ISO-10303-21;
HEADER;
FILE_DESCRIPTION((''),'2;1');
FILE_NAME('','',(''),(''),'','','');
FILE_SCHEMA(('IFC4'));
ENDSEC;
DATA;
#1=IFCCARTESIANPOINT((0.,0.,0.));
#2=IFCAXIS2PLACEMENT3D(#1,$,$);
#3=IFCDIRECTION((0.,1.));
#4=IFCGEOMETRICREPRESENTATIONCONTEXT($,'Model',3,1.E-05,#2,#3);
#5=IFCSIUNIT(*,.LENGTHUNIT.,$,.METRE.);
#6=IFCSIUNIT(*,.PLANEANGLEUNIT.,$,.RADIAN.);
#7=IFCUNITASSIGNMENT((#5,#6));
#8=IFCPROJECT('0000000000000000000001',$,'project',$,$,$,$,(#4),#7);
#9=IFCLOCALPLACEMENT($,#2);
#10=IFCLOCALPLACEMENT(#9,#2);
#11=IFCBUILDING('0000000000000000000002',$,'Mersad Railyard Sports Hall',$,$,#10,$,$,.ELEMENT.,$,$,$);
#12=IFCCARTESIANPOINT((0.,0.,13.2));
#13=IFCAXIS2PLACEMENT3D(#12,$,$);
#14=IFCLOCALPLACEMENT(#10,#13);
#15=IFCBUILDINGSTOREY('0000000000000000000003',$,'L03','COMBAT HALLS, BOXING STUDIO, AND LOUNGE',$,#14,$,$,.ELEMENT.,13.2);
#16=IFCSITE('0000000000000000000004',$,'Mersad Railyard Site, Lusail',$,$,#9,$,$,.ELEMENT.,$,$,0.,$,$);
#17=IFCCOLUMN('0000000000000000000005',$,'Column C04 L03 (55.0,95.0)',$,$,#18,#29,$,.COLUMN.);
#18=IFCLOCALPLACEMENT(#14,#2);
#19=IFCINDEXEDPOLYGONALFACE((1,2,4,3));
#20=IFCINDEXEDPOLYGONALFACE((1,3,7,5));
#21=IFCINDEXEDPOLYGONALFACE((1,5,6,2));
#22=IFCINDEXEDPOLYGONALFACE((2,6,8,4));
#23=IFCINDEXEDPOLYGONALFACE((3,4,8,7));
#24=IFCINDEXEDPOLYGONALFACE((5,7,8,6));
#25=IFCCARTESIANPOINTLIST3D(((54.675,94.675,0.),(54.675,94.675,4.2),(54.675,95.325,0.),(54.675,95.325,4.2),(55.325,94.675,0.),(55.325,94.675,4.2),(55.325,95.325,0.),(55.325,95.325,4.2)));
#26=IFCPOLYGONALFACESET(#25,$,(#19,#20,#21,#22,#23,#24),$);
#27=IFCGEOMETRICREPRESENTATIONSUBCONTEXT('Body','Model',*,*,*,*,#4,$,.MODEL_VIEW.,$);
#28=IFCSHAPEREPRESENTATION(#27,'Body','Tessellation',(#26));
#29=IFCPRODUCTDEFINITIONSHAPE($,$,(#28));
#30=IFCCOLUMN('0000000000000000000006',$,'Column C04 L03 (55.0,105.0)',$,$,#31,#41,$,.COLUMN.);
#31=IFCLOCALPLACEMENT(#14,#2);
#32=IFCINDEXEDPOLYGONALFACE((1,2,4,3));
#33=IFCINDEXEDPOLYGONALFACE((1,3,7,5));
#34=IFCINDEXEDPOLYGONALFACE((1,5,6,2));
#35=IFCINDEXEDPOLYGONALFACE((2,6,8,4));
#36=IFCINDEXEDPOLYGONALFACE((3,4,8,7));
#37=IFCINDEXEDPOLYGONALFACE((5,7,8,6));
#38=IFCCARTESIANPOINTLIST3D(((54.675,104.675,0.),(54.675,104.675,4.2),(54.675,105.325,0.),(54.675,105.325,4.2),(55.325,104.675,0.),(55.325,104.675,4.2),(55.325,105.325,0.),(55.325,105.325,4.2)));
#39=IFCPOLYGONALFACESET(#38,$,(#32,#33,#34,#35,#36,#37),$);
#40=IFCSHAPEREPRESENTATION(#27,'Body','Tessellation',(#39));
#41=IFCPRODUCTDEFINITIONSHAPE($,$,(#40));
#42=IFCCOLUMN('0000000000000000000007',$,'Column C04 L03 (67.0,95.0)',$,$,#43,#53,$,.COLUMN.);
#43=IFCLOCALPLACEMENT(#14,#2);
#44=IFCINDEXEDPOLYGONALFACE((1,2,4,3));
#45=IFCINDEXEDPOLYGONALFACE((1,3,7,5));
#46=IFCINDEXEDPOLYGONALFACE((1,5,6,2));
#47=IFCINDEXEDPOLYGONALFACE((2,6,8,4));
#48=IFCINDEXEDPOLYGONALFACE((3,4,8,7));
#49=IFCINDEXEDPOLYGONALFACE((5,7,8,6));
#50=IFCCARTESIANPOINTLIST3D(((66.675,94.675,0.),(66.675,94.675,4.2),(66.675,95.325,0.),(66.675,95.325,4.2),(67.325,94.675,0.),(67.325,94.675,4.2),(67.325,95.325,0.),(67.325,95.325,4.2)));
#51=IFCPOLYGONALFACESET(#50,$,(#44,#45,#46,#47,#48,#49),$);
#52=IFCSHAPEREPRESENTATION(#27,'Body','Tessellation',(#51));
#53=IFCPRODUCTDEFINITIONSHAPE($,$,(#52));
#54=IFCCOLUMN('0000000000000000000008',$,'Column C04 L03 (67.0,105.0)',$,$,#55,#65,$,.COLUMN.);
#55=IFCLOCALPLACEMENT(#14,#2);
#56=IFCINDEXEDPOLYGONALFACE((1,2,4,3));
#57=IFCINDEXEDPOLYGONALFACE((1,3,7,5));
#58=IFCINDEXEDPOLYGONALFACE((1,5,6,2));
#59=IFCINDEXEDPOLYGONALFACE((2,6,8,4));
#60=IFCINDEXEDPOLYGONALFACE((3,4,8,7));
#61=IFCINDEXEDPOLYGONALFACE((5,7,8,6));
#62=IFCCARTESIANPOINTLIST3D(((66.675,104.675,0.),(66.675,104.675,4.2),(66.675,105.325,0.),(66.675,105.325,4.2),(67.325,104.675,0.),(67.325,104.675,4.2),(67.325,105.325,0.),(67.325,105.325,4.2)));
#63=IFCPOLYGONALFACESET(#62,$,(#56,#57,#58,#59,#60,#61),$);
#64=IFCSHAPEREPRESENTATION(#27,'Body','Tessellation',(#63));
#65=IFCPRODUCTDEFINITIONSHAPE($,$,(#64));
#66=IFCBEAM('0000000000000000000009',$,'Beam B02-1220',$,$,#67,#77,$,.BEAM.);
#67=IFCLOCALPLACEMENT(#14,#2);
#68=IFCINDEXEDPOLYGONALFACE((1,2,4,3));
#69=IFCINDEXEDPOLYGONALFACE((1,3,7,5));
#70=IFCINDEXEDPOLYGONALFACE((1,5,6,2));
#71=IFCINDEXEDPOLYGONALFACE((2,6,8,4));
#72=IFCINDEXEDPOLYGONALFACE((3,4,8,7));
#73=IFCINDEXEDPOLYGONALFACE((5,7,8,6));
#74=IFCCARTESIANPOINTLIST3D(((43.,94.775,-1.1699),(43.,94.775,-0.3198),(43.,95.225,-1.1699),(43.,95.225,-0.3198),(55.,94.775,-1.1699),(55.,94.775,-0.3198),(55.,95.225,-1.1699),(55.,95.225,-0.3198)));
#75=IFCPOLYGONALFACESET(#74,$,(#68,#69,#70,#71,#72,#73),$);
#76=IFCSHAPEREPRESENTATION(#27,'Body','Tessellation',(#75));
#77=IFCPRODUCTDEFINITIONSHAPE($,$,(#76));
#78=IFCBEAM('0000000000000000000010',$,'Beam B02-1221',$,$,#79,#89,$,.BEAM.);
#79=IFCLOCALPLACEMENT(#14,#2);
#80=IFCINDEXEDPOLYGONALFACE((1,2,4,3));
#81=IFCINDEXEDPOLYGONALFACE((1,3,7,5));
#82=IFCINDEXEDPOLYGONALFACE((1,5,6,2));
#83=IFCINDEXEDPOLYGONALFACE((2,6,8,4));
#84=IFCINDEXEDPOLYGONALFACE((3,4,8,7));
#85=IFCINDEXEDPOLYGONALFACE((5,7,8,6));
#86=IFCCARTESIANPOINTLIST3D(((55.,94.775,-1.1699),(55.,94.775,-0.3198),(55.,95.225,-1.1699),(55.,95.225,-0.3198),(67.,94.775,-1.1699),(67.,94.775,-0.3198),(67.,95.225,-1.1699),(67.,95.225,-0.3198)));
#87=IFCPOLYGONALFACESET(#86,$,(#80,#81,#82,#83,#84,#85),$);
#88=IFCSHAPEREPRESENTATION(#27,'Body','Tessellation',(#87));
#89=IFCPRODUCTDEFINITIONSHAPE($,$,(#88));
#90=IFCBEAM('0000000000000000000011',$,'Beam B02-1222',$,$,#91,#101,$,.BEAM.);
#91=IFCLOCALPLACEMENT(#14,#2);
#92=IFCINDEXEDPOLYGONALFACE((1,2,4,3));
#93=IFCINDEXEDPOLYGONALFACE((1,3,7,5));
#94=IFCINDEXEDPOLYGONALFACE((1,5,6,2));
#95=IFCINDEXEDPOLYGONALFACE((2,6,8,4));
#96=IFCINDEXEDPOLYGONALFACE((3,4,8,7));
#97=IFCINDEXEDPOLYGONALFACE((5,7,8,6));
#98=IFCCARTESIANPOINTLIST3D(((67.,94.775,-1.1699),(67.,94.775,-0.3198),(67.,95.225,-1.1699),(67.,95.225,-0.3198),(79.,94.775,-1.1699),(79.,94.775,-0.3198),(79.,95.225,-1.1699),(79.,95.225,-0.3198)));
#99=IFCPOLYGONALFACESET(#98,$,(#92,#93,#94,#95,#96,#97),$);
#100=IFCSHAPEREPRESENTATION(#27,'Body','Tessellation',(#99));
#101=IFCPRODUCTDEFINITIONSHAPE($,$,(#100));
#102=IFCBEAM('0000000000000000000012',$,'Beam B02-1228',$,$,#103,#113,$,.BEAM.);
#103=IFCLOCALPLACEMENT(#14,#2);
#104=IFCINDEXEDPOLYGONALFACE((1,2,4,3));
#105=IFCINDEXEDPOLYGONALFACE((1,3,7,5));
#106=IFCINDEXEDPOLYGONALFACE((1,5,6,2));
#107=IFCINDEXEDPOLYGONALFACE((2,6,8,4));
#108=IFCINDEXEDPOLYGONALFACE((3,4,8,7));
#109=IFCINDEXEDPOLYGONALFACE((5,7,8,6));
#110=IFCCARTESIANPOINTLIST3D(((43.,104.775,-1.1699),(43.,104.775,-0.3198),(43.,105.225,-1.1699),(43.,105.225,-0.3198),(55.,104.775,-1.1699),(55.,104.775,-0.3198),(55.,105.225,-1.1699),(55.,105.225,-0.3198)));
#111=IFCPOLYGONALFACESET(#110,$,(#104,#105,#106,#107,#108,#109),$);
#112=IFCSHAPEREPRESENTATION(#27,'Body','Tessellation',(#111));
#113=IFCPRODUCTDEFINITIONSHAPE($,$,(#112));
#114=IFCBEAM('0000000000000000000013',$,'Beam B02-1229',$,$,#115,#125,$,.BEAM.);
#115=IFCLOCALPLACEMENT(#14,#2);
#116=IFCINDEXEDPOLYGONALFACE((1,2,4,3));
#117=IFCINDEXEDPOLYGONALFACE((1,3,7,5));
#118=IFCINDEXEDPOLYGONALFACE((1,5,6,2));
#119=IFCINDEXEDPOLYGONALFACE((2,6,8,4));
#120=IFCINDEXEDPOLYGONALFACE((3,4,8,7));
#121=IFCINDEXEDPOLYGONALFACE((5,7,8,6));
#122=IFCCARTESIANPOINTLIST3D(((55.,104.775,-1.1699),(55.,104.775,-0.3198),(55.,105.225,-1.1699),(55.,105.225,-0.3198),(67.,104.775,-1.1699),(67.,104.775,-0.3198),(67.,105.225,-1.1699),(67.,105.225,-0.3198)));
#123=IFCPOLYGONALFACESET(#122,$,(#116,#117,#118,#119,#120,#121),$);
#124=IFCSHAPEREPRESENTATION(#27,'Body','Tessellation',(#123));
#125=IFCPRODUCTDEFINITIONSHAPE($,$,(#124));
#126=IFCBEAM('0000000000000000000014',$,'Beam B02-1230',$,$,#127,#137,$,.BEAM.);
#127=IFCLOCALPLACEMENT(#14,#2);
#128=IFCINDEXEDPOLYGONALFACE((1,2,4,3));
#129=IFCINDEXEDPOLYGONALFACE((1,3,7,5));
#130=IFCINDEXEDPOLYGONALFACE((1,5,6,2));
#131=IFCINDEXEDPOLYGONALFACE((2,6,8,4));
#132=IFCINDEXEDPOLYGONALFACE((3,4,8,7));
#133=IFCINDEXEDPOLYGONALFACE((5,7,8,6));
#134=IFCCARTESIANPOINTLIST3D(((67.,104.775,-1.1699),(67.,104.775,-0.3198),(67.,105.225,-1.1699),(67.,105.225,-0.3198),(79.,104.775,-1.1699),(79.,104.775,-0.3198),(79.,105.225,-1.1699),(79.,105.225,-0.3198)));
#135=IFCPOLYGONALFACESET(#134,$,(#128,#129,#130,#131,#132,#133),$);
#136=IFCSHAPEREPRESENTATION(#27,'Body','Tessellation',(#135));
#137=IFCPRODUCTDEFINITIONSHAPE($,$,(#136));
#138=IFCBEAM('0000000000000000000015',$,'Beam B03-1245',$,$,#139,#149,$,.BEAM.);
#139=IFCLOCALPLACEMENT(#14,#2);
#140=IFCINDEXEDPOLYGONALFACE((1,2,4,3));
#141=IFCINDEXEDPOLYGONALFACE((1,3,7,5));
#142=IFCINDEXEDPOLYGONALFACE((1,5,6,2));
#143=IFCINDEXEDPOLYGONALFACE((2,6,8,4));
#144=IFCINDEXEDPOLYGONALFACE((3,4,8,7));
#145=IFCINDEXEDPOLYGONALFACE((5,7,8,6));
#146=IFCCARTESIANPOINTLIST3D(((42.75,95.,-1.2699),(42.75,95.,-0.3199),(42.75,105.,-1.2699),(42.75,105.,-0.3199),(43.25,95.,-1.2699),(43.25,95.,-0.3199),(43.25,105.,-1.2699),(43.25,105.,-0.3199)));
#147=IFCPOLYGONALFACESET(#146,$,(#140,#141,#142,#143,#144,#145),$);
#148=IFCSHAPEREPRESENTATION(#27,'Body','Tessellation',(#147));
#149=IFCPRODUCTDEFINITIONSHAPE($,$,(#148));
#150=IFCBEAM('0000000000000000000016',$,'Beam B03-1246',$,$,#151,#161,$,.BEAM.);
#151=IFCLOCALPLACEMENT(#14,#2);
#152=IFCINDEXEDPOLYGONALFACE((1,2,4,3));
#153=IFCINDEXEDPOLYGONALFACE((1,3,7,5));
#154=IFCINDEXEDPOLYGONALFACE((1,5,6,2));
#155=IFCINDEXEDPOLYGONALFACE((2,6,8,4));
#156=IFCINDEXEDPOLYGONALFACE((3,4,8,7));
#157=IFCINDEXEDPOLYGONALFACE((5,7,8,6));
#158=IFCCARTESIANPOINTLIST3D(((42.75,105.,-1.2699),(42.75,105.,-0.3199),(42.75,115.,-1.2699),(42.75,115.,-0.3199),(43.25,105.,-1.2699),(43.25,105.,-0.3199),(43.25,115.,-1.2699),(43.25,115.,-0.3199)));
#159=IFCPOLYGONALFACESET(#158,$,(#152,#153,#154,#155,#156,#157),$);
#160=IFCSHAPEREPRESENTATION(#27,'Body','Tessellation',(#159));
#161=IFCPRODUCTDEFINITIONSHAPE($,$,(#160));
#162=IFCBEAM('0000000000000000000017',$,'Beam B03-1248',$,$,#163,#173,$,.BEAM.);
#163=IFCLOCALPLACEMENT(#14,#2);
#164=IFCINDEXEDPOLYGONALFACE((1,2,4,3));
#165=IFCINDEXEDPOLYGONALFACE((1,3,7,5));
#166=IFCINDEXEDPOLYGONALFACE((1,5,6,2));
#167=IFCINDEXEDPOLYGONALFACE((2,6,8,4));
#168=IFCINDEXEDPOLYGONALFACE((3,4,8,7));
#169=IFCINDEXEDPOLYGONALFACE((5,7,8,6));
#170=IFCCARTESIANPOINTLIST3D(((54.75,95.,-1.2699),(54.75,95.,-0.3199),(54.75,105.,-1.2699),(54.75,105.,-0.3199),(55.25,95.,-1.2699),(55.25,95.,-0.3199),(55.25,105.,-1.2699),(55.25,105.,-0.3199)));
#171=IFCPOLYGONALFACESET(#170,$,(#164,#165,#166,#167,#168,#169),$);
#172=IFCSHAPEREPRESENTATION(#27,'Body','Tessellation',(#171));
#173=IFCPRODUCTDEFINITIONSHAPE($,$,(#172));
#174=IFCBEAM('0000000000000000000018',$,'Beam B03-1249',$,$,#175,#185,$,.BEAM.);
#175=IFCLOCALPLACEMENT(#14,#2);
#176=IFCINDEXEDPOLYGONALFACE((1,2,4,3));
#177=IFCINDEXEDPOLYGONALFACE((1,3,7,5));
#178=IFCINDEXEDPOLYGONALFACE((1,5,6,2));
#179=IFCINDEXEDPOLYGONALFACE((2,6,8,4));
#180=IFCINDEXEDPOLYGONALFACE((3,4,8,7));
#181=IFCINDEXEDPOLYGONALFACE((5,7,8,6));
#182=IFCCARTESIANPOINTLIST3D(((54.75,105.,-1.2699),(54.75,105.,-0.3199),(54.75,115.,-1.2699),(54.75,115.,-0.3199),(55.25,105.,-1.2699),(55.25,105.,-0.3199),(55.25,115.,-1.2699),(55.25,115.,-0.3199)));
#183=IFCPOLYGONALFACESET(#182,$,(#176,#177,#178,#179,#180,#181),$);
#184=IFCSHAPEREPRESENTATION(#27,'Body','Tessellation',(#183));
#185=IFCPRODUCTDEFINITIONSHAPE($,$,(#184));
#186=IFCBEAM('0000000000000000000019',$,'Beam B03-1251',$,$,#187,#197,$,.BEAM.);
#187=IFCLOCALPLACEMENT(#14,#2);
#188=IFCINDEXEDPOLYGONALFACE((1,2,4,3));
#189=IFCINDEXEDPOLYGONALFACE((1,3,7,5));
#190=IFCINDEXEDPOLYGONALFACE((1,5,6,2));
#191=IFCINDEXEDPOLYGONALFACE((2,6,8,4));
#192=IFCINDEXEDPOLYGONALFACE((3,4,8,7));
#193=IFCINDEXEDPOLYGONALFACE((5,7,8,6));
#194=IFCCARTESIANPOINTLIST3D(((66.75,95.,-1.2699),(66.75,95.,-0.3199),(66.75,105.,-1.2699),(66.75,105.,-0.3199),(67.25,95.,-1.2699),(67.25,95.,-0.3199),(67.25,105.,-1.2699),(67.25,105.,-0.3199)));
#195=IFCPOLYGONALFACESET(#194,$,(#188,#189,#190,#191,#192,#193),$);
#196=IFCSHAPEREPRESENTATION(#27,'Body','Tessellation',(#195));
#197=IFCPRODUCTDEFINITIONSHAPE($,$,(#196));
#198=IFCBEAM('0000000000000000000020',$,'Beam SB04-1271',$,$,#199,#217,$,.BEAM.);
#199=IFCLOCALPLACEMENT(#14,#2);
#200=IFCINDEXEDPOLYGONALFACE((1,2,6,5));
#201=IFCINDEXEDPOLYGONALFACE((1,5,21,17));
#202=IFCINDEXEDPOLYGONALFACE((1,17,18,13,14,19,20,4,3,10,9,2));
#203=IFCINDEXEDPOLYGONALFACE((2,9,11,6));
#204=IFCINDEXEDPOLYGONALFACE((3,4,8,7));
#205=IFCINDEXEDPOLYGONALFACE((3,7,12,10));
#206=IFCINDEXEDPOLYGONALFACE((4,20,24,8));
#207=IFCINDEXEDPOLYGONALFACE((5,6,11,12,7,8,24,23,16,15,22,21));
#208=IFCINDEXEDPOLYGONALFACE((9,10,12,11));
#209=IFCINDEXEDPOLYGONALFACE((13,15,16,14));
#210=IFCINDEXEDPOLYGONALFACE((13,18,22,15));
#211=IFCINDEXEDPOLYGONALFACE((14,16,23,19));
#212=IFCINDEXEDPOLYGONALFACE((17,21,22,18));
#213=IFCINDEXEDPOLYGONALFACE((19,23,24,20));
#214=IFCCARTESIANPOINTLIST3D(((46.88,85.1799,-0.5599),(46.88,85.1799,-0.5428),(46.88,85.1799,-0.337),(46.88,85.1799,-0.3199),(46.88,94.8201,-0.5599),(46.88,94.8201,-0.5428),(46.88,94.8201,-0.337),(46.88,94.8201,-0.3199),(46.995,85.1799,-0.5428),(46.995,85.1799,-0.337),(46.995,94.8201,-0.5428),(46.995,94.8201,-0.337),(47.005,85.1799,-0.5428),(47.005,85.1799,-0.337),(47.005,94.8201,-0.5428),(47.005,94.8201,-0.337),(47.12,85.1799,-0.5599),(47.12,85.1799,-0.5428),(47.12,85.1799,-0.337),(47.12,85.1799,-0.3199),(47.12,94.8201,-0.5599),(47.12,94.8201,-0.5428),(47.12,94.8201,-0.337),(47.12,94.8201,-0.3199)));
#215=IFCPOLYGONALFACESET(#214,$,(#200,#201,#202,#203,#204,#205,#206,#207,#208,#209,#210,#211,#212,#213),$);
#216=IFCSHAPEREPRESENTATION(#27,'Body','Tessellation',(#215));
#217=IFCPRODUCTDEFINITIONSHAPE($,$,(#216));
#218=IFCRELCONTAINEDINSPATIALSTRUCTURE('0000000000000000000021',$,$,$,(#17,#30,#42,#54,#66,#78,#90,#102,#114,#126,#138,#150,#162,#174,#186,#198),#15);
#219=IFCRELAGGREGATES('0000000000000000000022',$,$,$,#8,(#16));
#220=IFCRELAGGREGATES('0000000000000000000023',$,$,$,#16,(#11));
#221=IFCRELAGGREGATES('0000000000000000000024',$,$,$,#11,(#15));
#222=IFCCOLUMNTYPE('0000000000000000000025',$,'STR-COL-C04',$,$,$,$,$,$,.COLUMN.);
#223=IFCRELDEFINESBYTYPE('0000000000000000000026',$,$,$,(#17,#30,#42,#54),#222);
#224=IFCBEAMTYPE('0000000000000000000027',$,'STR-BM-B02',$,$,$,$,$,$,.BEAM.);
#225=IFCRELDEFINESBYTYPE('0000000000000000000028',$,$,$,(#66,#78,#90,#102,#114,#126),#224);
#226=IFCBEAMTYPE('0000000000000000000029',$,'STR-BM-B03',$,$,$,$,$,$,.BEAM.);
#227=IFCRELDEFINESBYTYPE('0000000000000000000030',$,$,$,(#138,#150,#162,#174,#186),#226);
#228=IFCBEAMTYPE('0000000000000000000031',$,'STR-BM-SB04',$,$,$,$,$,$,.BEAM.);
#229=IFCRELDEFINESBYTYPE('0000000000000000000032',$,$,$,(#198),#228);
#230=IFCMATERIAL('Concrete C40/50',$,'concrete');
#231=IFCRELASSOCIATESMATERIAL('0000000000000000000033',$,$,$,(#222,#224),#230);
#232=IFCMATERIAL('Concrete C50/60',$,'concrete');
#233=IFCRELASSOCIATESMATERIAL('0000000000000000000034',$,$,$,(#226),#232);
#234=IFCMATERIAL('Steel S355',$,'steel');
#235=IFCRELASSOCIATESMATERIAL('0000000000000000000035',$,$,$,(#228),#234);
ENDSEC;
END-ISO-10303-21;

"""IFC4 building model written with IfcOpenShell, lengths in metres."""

from ifc_helpers import new_model, si_unit, direction, frame, origin, origin_2d, place, context, subcontext, project, spatial, rectangle, i_section, extrude, material, material_profile, profile_set, type_object, element, save


model = new_model("IFC4")

# Units and contexts
model_context = context("Model", 3, precision=1e-05, world=origin(), true_north=direction((0.0, 1.0)))
body_context = subcontext(model_context, "Body", "Model", "MODEL_VIEW")
ifc_project = project(units=[si_unit("LENGTHUNIT", "METRE"), si_unit("PLANEANGLEUNIT", "RADIAN")], contexts=[model_context])

# Site, building, storey
site_placement = place(None, origin())
site = spatial("IfcSite", under=ifc_project, at=site_placement, Name="Mersad Railyard Site, Lusail", CompositionType="ELEMENT", RefElevation=0.0)
building_placement = place(site_placement, origin())
building = spatial("IfcBuilding", under=site, at=building_placement, Name="Mersad Railyard Sports Hall", CompositionType="ELEMENT")
storey_placement = place(building_placement, frame((0.0, 0.0, 13.2)))
storey = spatial("IfcBuildingStorey", under=building, at=storey_placement, Name="L03", Description="COMBAT HALLS, BOXING STUDIO, AND LOUNGE", CompositionType="ELEMENT", Elevation=13.2)

# Columns
ifc_material_1 = material(Name="Concrete C40/50", Category="concrete")
ifc_material_profile_1 = material_profile(ifc_material_1, rectangle(XDim=0.6499, YDim=0.6499, at=origin_2d()), Name="RC 650x650")
ifc_profile_set_1 = profile_set([ifc_material_profile_1], Name="Concrete C40/50")
column_type = type_object("IfcColumnType", Name="STR-COL-C04", PredefinedType="COLUMN", material=ifc_profile_set_1)
for number, where, z_axis, x_axis, name in (
    (1, (55.0, 95.0, 0.0), (0.0, 0.0, 1.0), (1.0, 0.0, 0.0), "Column C04 L03 (55.0,95.0)"),
    (2, (55.0, 105.0, 0.0), (0.0, 0.0, 1.0), (1.0, 0.0, 0.0), "Column C04 L03 (55.0,105.0)"),
    (3, (67.0, 95.0, 0.0), (0.0, 0.0, 1.0), (1.0, 0.0, 0.0), "Column C04 L03 (67.0,95.0)"),
    (4, (67.0, 105.0, 0.0), (0.0, 0.0, 1.0), (1.0, 0.0, 0.0), "Column C04 L03 (67.0,105.0)"),
):
    element("IfcColumn", number, at=place(storey_placement, frame(where, z_axis=z_axis, x_axis=x_axis)), inside=storey, type_object=column_type, Name=name, PredefinedType="COLUMN", context=body_context, shape_type="SweptSolid", body=[
        extrude(rectangle(XDim=0.6499, YDim=0.6499, at=origin_2d()), origin(), (0.0, 0.0, 1.0), 4.2),
    ])

# Beams
ifc_material_profile_2 = material_profile(ifc_material_1, rectangle(XDim=0.45, YDim=0.8501, at=origin_2d()), Name="RC 450x850")
ifc_profile_set_2 = profile_set([ifc_material_profile_2], Name="Concrete C40/50")
beam_type_1 = type_object("IfcBeamType", Name="STR-BM-B02", PredefinedType="BEAM", material=ifc_profile_set_2)
for number, where, z_axis, x_axis, name in (
    (5, (43.0, 95.0, -0.7449), (1.0, 0.0, 0.0), (0.0, 1.0, 0.0), "Beam B02-1220"),
    (6, (55.0, 95.0, -0.7449), (1.0, 0.0, 0.0), (0.0, 1.0, 0.0), "Beam B02-1221"),
    (7, (67.0, 95.0, -0.7449), (1.0, 0.0, 0.0), (0.0, 1.0, 0.0), "Beam B02-1222"),
    (8, (43.0, 105.0, -0.7449), (1.0, 0.0, 0.0), (0.0, 1.0, 0.0), "Beam B02-1228"),
    (9, (55.0, 105.0, -0.7449), (1.0, 0.0, 0.0), (0.0, 1.0, 0.0), "Beam B02-1229"),
    (10, (67.0, 105.0, -0.7449), (1.0, 0.0, 0.0), (0.0, 1.0, 0.0), "Beam B02-1230"),
):
    element("IfcBeam", number, at=place(storey_placement, frame(where, z_axis=z_axis, x_axis=x_axis)), inside=storey, type_object=beam_type_1, Name=name, PredefinedType="BEAM", context=body_context, shape_type="SweptSolid", body=[
        extrude(rectangle(XDim=0.45, YDim=0.8501, at=origin_2d()), origin(), (0.0, 0.0, 1.0), 12.0),
    ])
ifc_material_2 = material(Name="Concrete C50/60", Category="concrete")
ifc_material_profile_3 = material_profile(ifc_material_2, rectangle(XDim=0.5, YDim=0.95, at=origin_2d()), Name="RC 500x950")
ifc_profile_set_3 = profile_set([ifc_material_profile_3], Name="Concrete C50/60")
beam_type_2 = type_object("IfcBeamType", Name="STR-BM-B03", PredefinedType="BEAM", material=ifc_profile_set_3)
for number, where, z_axis, x_axis, name in (
    (11, (43.0, 95.0, -0.7949), (0.0, 1.0, 0.0), (-1.0, 0.0, 0.0), "Beam B03-1245"),
    (12, (43.0, 105.0, -0.7949), (0.0, 1.0, 0.0), (-1.0, 0.0, 0.0), "Beam B03-1246"),
    (13, (55.0, 95.0, -0.7949), (0.0, 1.0, 0.0), (-1.0, 0.0, 0.0), "Beam B03-1248"),
    (14, (55.0, 105.0, -0.7949), (0.0, 1.0, 0.0), (-1.0, 0.0, 0.0), "Beam B03-1249"),
    (15, (67.0, 95.0, -0.7949), (0.0, 1.0, 0.0), (-1.0, 0.0, 0.0), "Beam B03-1251"),
):
    element("IfcBeam", number, at=place(storey_placement, frame(where, z_axis=z_axis, x_axis=x_axis)), inside=storey, type_object=beam_type_2, Name=name, PredefinedType="BEAM", context=body_context, shape_type="SweptSolid", body=[
        extrude(rectangle(XDim=0.5, YDim=0.95, at=origin_2d()), origin(), (0.0, 0.0, 1.0), 10.0),
    ])
ifc_material_3 = material(Name="Steel S355", Category="steel")
ifc_material_profile_4 = material_profile(ifc_material_3, i_section(OverallWidth=0.24, OverallDepth=0.24, WebThickness=0.01, FlangeThickness=0.0171, at=origin_2d()), Name="HEB 240")
ifc_profile_set_4 = profile_set([ifc_material_profile_4], Name="Steel S355")
beam_type_3 = type_object("IfcBeamType", Name="STR-BM-SB04", PredefinedType="BEAM", material=ifc_profile_set_4)
for number, where, z_axis, x_axis, name in (
    (16, (47.0, 85.1799, -0.4399), (0.0, 1.0, 0.0), (-1.0, 0.0, 0.0), "Beam SB04-1271"),
):
    element("IfcBeam", number, at=place(storey_placement, frame(where, z_axis=z_axis, x_axis=x_axis)), inside=storey, type_object=beam_type_3, Name=name, PredefinedType="BEAM", context=body_context, shape_type="SweptSolid", body=[
        extrude(i_section(OverallWidth=0.24, OverallDepth=0.24, WebThickness=0.01, FlangeThickness=0.0171, at=origin_2d()), origin(), (0.0, 0.0, 1.0), 9.6401),
    ])

save(model, "model.ifc")
